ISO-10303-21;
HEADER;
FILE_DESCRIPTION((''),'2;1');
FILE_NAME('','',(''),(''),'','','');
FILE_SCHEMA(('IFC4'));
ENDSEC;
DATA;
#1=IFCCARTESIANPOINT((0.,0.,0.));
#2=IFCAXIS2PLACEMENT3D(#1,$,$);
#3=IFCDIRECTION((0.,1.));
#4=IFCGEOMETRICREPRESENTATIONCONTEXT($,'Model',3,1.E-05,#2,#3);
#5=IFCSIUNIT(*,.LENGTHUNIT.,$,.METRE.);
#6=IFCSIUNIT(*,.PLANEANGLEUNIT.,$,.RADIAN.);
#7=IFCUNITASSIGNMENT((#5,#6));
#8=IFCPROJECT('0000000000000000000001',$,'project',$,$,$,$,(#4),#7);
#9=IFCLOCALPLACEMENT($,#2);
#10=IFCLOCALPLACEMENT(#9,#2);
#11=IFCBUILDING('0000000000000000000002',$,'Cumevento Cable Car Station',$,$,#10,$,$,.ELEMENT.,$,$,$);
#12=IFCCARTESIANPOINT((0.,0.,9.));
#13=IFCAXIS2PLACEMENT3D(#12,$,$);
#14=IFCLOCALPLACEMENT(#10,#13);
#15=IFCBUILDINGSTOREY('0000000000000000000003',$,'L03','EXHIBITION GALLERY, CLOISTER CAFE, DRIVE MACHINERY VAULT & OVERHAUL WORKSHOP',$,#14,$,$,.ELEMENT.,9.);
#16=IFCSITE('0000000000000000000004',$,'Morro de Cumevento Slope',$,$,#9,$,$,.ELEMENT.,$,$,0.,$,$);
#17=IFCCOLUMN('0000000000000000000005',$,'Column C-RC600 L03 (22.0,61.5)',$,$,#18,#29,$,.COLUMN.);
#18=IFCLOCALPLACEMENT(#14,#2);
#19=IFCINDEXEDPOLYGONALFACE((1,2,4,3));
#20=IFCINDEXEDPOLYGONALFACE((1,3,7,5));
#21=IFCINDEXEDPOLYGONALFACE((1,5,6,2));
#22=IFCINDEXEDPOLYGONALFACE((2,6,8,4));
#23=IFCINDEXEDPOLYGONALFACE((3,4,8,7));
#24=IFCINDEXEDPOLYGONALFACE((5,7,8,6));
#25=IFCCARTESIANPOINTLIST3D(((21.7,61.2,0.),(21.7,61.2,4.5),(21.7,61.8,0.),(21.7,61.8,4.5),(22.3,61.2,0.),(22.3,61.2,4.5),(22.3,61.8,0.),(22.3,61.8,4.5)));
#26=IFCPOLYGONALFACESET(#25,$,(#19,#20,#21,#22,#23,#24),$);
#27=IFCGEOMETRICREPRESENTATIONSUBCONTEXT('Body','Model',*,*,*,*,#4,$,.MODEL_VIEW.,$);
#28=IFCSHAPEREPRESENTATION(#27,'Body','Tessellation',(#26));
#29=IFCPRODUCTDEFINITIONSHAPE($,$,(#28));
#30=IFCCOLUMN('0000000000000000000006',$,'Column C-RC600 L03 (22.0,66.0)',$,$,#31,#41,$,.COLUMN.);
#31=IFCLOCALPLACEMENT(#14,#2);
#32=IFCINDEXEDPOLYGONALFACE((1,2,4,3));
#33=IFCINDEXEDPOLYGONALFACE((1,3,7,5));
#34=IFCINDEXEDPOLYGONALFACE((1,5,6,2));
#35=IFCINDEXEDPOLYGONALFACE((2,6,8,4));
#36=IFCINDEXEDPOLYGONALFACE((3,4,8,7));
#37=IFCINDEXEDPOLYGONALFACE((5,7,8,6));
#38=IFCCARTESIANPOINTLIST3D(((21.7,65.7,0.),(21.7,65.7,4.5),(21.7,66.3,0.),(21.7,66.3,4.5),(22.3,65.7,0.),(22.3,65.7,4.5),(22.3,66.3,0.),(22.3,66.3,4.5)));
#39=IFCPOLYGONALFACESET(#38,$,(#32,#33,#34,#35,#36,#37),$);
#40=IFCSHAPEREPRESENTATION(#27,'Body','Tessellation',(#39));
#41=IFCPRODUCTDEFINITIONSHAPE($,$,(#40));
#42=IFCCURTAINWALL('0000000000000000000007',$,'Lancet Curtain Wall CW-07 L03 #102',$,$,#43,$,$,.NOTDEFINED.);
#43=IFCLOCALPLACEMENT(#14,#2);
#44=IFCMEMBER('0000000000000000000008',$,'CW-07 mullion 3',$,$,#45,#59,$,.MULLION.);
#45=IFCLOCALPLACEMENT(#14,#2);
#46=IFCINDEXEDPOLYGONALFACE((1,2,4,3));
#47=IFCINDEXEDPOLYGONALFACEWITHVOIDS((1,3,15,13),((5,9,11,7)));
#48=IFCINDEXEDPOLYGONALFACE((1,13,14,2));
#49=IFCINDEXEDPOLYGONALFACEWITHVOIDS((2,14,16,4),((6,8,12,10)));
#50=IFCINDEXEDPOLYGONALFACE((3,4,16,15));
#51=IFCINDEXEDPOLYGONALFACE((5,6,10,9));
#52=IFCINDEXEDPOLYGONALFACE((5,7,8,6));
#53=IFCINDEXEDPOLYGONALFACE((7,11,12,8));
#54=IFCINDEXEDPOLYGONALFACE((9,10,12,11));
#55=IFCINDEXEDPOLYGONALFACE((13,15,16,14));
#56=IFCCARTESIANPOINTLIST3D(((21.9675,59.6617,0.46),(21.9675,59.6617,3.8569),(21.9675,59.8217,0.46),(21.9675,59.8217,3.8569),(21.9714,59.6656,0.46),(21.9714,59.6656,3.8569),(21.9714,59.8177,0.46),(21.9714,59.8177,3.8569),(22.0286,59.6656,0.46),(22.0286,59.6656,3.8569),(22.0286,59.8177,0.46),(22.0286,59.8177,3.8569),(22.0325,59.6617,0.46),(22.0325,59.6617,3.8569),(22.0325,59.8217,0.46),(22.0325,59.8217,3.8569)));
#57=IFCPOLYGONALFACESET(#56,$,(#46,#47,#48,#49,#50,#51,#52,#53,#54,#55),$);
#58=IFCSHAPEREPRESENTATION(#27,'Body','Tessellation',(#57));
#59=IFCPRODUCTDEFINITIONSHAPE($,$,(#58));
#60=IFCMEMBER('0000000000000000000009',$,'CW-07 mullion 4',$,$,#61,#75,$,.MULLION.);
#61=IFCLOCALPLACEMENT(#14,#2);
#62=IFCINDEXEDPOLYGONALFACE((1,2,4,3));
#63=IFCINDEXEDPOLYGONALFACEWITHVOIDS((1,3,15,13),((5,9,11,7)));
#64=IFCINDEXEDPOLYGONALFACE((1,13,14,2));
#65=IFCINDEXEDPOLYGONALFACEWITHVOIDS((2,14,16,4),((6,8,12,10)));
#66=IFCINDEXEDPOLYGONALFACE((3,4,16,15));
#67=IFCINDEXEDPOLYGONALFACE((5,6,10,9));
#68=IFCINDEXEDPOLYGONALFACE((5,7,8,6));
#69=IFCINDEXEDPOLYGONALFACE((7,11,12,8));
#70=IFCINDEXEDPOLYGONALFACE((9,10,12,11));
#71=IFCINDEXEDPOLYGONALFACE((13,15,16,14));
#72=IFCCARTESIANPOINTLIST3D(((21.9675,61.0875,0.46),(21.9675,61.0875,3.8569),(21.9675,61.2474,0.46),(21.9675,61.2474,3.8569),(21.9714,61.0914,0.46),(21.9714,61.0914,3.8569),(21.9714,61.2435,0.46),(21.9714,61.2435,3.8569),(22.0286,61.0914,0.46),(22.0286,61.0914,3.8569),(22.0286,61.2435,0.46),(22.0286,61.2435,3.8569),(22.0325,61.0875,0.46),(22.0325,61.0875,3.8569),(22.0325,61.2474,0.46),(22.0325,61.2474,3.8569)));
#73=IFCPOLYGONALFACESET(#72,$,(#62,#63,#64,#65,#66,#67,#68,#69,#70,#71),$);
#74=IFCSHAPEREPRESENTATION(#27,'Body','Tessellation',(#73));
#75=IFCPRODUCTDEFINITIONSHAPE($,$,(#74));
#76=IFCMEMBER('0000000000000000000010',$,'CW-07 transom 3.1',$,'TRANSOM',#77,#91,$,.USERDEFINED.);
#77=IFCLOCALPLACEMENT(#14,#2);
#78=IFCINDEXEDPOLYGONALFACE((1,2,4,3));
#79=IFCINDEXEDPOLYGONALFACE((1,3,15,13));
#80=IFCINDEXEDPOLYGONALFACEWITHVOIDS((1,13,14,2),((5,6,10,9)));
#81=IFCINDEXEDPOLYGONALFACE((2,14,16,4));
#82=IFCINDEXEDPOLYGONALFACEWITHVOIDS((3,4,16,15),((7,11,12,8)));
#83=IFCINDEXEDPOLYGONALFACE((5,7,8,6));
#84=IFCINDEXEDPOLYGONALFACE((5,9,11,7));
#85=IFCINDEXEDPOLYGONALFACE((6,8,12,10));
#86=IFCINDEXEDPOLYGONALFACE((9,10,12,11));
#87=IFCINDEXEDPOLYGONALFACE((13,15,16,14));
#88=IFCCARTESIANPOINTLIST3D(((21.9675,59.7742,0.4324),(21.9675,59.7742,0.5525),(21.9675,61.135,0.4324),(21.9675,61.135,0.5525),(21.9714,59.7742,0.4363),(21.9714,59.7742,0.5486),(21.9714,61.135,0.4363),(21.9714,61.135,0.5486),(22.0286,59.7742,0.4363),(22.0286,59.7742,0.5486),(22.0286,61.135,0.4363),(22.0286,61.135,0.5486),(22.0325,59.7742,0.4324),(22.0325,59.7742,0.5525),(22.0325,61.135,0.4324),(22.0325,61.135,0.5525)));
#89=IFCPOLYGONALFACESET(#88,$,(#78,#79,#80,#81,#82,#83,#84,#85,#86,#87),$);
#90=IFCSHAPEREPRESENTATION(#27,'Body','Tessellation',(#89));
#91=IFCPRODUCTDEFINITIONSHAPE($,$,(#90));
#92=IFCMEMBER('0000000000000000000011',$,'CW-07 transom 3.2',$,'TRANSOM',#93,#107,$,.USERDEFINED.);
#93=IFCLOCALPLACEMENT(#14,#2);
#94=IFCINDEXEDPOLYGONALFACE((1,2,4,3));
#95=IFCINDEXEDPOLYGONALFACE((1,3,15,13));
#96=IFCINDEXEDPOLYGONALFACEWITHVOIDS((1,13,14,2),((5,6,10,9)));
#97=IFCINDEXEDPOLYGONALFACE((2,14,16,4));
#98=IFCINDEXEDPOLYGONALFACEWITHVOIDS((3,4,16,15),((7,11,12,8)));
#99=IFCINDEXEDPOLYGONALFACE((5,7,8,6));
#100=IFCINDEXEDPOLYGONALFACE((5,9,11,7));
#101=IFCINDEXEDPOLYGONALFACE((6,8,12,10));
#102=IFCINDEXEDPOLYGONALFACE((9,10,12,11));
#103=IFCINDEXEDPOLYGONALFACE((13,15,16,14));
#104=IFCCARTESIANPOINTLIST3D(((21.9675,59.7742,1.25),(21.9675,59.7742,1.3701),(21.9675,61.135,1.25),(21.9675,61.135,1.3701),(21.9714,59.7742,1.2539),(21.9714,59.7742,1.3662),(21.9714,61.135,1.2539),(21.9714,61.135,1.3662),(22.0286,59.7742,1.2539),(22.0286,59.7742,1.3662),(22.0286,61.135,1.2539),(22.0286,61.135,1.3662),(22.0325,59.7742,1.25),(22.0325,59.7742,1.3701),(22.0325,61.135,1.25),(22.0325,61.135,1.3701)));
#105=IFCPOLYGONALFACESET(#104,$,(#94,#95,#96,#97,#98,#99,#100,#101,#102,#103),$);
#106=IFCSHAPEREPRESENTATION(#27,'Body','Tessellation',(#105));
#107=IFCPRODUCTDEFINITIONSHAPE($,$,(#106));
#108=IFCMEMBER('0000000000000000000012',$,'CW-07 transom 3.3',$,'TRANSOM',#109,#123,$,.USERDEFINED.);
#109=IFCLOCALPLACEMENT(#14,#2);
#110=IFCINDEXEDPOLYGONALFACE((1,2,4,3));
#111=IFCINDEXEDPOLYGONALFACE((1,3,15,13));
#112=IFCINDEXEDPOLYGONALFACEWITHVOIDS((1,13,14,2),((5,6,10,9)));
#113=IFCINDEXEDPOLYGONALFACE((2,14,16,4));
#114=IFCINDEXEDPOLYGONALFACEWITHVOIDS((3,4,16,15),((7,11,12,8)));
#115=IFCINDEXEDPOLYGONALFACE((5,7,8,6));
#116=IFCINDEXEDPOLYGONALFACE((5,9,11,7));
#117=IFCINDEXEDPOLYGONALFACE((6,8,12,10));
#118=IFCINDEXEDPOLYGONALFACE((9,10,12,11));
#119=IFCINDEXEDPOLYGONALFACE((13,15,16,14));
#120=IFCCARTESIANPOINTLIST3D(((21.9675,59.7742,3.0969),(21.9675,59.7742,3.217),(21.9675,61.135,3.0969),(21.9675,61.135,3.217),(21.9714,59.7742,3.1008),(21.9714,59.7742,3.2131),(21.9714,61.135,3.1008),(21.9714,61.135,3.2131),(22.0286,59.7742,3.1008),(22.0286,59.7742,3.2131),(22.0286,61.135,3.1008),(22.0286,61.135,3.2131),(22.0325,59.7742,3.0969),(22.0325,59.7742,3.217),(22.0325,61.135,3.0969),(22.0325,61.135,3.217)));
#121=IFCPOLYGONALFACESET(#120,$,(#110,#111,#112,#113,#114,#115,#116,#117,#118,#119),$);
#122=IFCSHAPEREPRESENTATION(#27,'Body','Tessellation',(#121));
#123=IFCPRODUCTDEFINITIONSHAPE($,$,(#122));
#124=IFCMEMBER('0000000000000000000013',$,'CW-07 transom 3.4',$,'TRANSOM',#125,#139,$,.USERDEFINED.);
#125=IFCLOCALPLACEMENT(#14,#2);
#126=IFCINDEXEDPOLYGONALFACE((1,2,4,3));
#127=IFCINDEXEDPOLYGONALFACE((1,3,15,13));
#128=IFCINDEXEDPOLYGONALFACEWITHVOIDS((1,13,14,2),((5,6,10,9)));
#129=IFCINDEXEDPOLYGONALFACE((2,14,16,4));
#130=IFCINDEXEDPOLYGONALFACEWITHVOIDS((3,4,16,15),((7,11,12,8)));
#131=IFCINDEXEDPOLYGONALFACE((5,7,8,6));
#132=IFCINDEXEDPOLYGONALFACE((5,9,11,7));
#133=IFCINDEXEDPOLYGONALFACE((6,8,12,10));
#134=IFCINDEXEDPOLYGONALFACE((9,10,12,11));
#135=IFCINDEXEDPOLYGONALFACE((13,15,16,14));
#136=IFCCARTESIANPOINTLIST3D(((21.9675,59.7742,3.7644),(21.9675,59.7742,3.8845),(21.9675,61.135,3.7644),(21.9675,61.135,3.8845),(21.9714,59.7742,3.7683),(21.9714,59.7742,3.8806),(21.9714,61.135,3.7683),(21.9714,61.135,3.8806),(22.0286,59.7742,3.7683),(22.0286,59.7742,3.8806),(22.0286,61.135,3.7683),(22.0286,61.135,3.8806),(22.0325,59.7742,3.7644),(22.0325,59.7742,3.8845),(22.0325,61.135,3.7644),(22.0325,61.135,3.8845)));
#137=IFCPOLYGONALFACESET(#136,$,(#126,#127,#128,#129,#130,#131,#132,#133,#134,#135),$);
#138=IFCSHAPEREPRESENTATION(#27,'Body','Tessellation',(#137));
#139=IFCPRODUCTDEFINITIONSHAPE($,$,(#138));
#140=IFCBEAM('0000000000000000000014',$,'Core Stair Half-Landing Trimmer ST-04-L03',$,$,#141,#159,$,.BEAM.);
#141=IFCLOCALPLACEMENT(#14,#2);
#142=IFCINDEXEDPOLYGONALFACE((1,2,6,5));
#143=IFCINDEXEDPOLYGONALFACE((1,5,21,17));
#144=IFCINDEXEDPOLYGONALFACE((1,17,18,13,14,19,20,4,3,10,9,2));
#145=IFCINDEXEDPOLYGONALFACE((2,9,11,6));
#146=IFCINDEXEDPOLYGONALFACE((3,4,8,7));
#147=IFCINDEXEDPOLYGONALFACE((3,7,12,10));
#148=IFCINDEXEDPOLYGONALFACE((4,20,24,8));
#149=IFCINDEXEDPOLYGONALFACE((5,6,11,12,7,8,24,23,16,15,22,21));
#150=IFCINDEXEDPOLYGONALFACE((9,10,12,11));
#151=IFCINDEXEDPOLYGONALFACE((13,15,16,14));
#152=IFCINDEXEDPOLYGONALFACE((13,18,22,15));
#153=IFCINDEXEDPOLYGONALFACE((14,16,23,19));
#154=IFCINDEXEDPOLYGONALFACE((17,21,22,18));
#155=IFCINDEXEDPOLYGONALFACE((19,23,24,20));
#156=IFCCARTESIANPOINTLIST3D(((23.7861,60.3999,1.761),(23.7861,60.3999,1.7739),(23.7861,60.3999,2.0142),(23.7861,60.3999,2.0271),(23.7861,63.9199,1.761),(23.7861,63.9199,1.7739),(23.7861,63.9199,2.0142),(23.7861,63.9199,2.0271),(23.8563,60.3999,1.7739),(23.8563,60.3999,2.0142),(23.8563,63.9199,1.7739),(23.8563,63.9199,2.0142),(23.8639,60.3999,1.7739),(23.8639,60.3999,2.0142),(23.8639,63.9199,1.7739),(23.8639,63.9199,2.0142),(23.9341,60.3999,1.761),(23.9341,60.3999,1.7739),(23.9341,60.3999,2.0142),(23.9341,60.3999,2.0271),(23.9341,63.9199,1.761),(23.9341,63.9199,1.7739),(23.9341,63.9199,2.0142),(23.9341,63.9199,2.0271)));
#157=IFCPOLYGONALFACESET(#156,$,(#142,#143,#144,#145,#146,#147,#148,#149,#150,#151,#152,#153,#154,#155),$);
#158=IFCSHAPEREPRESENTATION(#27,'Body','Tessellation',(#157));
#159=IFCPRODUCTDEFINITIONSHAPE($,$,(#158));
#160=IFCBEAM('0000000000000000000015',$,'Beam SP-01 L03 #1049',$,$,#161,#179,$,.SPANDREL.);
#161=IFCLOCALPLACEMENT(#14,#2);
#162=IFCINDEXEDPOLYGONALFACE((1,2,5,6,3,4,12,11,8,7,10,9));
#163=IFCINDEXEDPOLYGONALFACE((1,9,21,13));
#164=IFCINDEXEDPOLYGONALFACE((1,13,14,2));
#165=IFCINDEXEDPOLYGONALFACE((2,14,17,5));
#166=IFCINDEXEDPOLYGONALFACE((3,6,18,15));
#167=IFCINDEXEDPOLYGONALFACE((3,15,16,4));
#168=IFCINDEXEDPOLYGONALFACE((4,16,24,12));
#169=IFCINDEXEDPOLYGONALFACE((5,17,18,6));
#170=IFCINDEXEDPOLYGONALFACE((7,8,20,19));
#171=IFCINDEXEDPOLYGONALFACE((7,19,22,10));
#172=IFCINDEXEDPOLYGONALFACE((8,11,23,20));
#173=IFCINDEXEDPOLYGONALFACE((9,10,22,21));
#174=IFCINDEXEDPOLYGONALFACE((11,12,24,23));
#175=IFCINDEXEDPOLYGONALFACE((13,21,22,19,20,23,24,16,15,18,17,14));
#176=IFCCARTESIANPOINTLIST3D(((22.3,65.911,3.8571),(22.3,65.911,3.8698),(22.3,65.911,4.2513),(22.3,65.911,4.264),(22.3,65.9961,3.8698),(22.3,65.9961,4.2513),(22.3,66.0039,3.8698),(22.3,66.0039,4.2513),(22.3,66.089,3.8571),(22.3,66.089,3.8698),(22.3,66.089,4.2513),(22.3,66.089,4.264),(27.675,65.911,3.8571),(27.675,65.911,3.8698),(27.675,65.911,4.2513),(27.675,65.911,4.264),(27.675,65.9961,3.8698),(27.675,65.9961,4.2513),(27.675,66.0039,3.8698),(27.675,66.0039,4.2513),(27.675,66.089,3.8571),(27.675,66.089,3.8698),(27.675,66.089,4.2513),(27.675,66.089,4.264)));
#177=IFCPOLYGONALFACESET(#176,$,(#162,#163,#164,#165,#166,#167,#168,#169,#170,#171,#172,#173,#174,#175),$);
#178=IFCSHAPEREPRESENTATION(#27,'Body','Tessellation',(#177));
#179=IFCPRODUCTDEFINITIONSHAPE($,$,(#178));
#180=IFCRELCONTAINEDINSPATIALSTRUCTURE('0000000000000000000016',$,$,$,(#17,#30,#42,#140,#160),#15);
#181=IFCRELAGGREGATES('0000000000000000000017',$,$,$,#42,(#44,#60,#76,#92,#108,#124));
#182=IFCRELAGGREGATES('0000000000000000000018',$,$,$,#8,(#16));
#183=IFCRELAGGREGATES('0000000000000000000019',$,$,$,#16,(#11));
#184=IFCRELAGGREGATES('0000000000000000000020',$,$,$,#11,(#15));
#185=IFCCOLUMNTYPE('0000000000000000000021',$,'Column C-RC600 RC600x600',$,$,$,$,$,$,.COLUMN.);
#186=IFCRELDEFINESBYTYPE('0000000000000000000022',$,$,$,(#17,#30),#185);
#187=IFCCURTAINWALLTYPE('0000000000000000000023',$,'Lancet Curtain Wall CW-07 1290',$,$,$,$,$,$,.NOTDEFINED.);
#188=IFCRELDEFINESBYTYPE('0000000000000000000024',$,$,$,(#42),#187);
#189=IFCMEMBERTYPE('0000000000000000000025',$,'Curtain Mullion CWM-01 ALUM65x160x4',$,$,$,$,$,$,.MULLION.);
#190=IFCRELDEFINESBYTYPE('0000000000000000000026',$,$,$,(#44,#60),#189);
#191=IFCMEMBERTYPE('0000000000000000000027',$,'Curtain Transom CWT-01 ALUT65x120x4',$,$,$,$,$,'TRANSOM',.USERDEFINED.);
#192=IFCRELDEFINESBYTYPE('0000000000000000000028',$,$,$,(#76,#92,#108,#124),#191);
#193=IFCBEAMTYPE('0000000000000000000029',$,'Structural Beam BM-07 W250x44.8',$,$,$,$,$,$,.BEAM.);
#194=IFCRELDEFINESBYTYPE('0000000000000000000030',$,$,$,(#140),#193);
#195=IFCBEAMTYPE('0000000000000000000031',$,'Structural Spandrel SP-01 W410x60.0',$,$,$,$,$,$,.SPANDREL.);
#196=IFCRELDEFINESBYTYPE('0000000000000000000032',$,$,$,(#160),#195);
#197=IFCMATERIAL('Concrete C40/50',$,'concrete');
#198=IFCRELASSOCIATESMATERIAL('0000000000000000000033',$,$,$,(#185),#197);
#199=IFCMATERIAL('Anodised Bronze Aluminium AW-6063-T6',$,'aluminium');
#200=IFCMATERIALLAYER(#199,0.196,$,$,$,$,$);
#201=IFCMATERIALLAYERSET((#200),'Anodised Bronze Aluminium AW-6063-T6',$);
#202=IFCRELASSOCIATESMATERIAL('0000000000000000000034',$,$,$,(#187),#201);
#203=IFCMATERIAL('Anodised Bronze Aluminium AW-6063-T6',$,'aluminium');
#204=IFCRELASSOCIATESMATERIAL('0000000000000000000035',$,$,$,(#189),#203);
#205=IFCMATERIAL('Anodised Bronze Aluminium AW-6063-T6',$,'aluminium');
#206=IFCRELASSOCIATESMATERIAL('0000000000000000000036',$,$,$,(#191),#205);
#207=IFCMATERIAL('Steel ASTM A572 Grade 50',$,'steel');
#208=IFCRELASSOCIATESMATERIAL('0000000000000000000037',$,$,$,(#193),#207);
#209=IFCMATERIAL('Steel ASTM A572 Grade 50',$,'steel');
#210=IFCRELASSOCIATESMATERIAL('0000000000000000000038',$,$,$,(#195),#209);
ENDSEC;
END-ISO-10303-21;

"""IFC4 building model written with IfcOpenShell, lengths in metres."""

from ifc_helpers import new_model, si_unit, direction, frame, origin, origin_2d, place, context, subcontext, project, spatial, rectangle, hollow_rectangle, i_section, extrude, material, layer, layer_set, material_profile, profile_set, type_object, element, aggregate, save


model = new_model("IFC4")

# Units and contexts
model_context = context("Model", 3, precision=1e-05, world=origin(), true_north=direction((0.0, 1.0)))
body_context = subcontext(model_context, "Body", "Model", "MODEL_VIEW")
ifc_project = project(units=[si_unit("LENGTHUNIT", "METRE"), si_unit("PLANEANGLEUNIT", "RADIAN")], contexts=[model_context])

# Site, building, storey
site_placement = place(None, origin())
site = spatial("IfcSite", under=ifc_project, at=site_placement, Name="Morro de Cumevento Slope", CompositionType="ELEMENT", RefElevation=0.0)
building_placement = place(site_placement, origin())
building = spatial("IfcBuilding", under=site, at=building_placement, Name="Cumevento Cable Car Station", CompositionType="ELEMENT")
storey_placement = place(building_placement, frame((0.0, 0.0, 9.0)))
storey = spatial("IfcBuildingStorey", under=building, at=storey_placement, Name="L03", Description="EXHIBITION GALLERY, CLOISTER CAFE, DRIVE MACHINERY VAULT & OVERHAUL WORKSHOP", CompositionType="ELEMENT", Elevation=9.0)

# Columns
ifc_material_1 = material(Name="Concrete C40/50", Category="concrete")
ifc_material_profile_1 = material_profile(ifc_material_1, rectangle(XDim=0.6001, YDim=0.6001, at=origin_2d()), Name="RC600x600")
ifc_profile_set_1 = profile_set([ifc_material_profile_1], Name="Concrete C40/50")
column_type = type_object("IfcColumnType", Name="Column C-RC600 RC600x600", PredefinedType="COLUMN", material=ifc_profile_set_1)
for number, where, z_axis, x_axis, name in (
    (1, (22.0, 61.5, 0.0), (0.0, 0.0, 1.0), (1.0, 0.0, 0.0), "Column C-RC600 L03 (22.0,61.5)"),
    (2, (22.0, 66.0, 0.0), (0.0, 0.0, 1.0), (1.0, 0.0, 0.0), "Column C-RC600 L03 (22.0,66.0)"),
):
    element("IfcColumn", number, at=place(storey_placement, frame(where, z_axis=z_axis, x_axis=x_axis)), inside=storey, type_object=column_type, Name=name, PredefinedType="COLUMN", context=body_context, shape_type="SweptSolid", body=[
        extrude(rectangle(XDim=0.6001, YDim=0.6001, at=origin_2d()), origin(), (0.0, 0.0, 1.0), 4.5),
    ])

# Curtain wall, members
ifc_material_2 = material(Name="Anodised Bronze Aluminium AW-6063-T6", Category="aluminium")
ifc_layer_1 = layer(ifc_material_2, 0.196)
ifc_layer_set_1 = layer_set([ifc_layer_1], Name="Anodised Bronze Aluminium AW-6063-T6")
curtain_wall_type = type_object("IfcCurtainWallType", Name="Lancet Curtain Wall CW-07 1290", PredefinedType="NOTDEFINED", material=ifc_layer_set_1)
curtain_wall_placement = place(storey_placement, origin())
curtain_wall = element("IfcCurtainWall", 3, at=curtain_wall_placement, inside=storey, type_object=curtain_wall_type, Name="Lancet Curtain Wall CW-07 L03 #102", PredefinedType="NOTDEFINED")
ifc_material_3 = material(Name="Anodised Bronze Aluminium AW-6063-T6", Category="aluminium")
ifc_material_profile_2 = material_profile(ifc_material_3, hollow_rectangle(XDim=0.0649, YDim=0.1599, WallThickness=0.0039, at=origin_2d()), Name="ALUM65x160x4")
ifc_profile_set_2 = profile_set([ifc_material_profile_2], Name="Anodised Bronze Aluminium AW-6063-T6")
member_type_1 = type_object("IfcMemberType", Name="Curtain Mullion CWM-01 ALUM65x160x4", PredefinedType="MULLION", material=ifc_profile_set_2)
member_1_placement = place(storey_placement, frame((22.0, 59.7417, 0.46), z_axis=(0.0, 0.0, 1.0), x_axis=(-1.0, 0.0, 0.0)))
member_1 = element("IfcMember", 4, at=member_1_placement, type_object=member_type_1, Name="CW-07 mullion 3", PredefinedType="MULLION", context=body_context, shape_type="SweptSolid", body=[
    extrude(hollow_rectangle(XDim=0.0649, YDim=0.1599, WallThickness=0.0039, at=origin_2d()), origin(), (0.0, 0.0, 1.0), 3.397),
])
member_2_placement = place(storey_placement, frame((22.0, 61.1675, 0.46), z_axis=(0.0, 0.0, 1.0), x_axis=(-1.0, 0.0, 0.0)))
member_2 = element("IfcMember", 5, at=member_2_placement, type_object=member_type_1, Name="CW-07 mullion 4", PredefinedType="MULLION", context=body_context, shape_type="SweptSolid", body=[
    extrude(hollow_rectangle(XDim=0.0649, YDim=0.1599, WallThickness=0.0039, at=origin_2d()), origin(), (0.0, 0.0, 1.0), 3.397),
])
ifc_material_4 = material(Name="Anodised Bronze Aluminium AW-6063-T6", Category="aluminium")
ifc_material_profile_3 = material_profile(ifc_material_4, hollow_rectangle(XDim=0.0649, YDim=0.1201, WallThickness=0.0039, at=origin_2d()), Name="ALUT65x120x4")
ifc_profile_set_3 = profile_set([ifc_material_profile_3], Name="Anodised Bronze Aluminium AW-6063-T6")
member_type_2 = type_object("IfcMemberType", Name="Curtain Transom CWT-01 ALUT65x120x4", ElementType="TRANSOM", PredefinedType="USERDEFINED", material=ifc_profile_set_3)
member_3_placement = place(storey_placement, frame((22.0, 59.7742, 0.4924), z_axis=(0.0, 1.0, 0.0), x_axis=(-1.0, 0.0, 0.0)))
member_3 = element("IfcMember", 6, at=member_3_placement, type_object=member_type_2, Name="CW-07 transom 3.1", ObjectType="TRANSOM", PredefinedType="USERDEFINED", context=body_context, shape_type="SweptSolid", body=[
    extrude(hollow_rectangle(XDim=0.0649, YDim=0.1201, WallThickness=0.0039, at=origin_2d()), origin(), (0.0, 0.0, 1.0), 1.3608),
])
member_4_placement = place(storey_placement, frame((22.0, 59.7742, 1.3101), z_axis=(0.0, 1.0, 0.0), x_axis=(-1.0, 0.0, 0.0)))
member_4 = element("IfcMember", 7, at=member_4_placement, type_object=member_type_2, Name="CW-07 transom 3.2", ObjectType="TRANSOM", PredefinedType="USERDEFINED", context=body_context, shape_type="SweptSolid", body=[
    extrude(hollow_rectangle(XDim=0.0649, YDim=0.1201, WallThickness=0.0039, at=origin_2d()), origin(), (0.0, 0.0, 1.0), 1.3608),
])
member_5_placement = place(storey_placement, frame((22.0, 59.7742, 3.157), z_axis=(0.0, 1.0, 0.0), x_axis=(-1.0, 0.0, 0.0)))
member_5 = element("IfcMember", 8, at=member_5_placement, type_object=member_type_2, Name="CW-07 transom 3.3", ObjectType="TRANSOM", PredefinedType="USERDEFINED", context=body_context, shape_type="SweptSolid", body=[
    extrude(hollow_rectangle(XDim=0.0649, YDim=0.1201, WallThickness=0.0039, at=origin_2d()), origin(), (0.0, 0.0, 1.0), 1.3608),
])
member_6_placement = place(storey_placement, frame((22.0, 59.7742, 3.8245), z_axis=(0.0, 1.0, 0.0), x_axis=(-1.0, 0.0, 0.0)))
member_6 = element("IfcMember", 9, at=member_6_placement, type_object=member_type_2, Name="CW-07 transom 3.4", ObjectType="TRANSOM", PredefinedType="USERDEFINED", context=body_context, shape_type="SweptSolid", body=[
    extrude(hollow_rectangle(XDim=0.0649, YDim=0.1201, WallThickness=0.0039, at=origin_2d()), origin(), (0.0, 0.0, 1.0), 1.3608),
])

# Beams
ifc_material_5 = material(Name="Steel ASTM A572 Grade 50", Category="steel")
ifc_material_profile_4 = material_profile(ifc_material_5, i_section(OverallWidth=0.1479, OverallDepth=0.2661, WebThickness=0.0076, FlangeThickness=0.0129, at=origin_2d()), Name="W250x44.8")
ifc_profile_set_4 = profile_set([ifc_material_profile_4], Name="Steel ASTM A572 Grade 50")
beam_type_1 = type_object("IfcBeamType", Name="Structural Beam BM-07 W250x44.8", PredefinedType="BEAM", material=ifc_profile_set_4)
beam_1_placement = place(storey_placement, frame((23.8601, 60.3999, 1.894), z_axis=(0.0, 1.0, 0.0), x_axis=(-1.0, 0.0, 0.0)))
element("IfcBeam", 10, at=beam_1_placement, inside=storey, type_object=beam_type_1, Name="Core Stair Half-Landing Trimmer ST-04-L03", PredefinedType="BEAM", context=body_context, shape_type="SweptSolid", body=[
    extrude(i_section(OverallWidth=0.1479, OverallDepth=0.2661, WebThickness=0.0076, FlangeThickness=0.0129, at=origin_2d()), origin(), (0.0, 0.0, 1.0), 3.52),
])
ifc_material_6 = material(Name="Steel ASTM A572 Grade 50", Category="steel")
ifc_material_profile_5 = material_profile(ifc_material_6, i_section(OverallWidth=0.178, OverallDepth=0.407, WebThickness=0.0078, FlangeThickness=0.0127, at=origin_2d()), Name="W410x60.0")
ifc_profile_set_5 = profile_set([ifc_material_profile_5], Name="Steel ASTM A572 Grade 50")
beam_type_2 = type_object("IfcBeamType", Name="Structural Spandrel SP-01 W410x60.0", PredefinedType="SPANDREL", material=ifc_profile_set_5)
beam_2_placement = place(storey_placement, frame((22.3, 66.0, 4.0605), z_axis=(1.0, 0.0, 0.0), x_axis=(0.0, 1.0, 0.0)))
element("IfcBeam", 11, at=beam_2_placement, inside=storey, type_object=beam_type_2, Name="Beam SP-01 L03 #1049", PredefinedType="SPANDREL", context=body_context, shape_type="SweptSolid", body=[
    extrude(i_section(OverallWidth=0.178, OverallDepth=0.407, WebThickness=0.0078, FlangeThickness=0.0127, at=origin_2d()), origin(), (0.0, 0.0, 1.0), 5.375),
])

aggregate(curtain_wall, [member_1, member_2, member_3, member_4, member_5, member_6])

save(model, "model.ifc")
